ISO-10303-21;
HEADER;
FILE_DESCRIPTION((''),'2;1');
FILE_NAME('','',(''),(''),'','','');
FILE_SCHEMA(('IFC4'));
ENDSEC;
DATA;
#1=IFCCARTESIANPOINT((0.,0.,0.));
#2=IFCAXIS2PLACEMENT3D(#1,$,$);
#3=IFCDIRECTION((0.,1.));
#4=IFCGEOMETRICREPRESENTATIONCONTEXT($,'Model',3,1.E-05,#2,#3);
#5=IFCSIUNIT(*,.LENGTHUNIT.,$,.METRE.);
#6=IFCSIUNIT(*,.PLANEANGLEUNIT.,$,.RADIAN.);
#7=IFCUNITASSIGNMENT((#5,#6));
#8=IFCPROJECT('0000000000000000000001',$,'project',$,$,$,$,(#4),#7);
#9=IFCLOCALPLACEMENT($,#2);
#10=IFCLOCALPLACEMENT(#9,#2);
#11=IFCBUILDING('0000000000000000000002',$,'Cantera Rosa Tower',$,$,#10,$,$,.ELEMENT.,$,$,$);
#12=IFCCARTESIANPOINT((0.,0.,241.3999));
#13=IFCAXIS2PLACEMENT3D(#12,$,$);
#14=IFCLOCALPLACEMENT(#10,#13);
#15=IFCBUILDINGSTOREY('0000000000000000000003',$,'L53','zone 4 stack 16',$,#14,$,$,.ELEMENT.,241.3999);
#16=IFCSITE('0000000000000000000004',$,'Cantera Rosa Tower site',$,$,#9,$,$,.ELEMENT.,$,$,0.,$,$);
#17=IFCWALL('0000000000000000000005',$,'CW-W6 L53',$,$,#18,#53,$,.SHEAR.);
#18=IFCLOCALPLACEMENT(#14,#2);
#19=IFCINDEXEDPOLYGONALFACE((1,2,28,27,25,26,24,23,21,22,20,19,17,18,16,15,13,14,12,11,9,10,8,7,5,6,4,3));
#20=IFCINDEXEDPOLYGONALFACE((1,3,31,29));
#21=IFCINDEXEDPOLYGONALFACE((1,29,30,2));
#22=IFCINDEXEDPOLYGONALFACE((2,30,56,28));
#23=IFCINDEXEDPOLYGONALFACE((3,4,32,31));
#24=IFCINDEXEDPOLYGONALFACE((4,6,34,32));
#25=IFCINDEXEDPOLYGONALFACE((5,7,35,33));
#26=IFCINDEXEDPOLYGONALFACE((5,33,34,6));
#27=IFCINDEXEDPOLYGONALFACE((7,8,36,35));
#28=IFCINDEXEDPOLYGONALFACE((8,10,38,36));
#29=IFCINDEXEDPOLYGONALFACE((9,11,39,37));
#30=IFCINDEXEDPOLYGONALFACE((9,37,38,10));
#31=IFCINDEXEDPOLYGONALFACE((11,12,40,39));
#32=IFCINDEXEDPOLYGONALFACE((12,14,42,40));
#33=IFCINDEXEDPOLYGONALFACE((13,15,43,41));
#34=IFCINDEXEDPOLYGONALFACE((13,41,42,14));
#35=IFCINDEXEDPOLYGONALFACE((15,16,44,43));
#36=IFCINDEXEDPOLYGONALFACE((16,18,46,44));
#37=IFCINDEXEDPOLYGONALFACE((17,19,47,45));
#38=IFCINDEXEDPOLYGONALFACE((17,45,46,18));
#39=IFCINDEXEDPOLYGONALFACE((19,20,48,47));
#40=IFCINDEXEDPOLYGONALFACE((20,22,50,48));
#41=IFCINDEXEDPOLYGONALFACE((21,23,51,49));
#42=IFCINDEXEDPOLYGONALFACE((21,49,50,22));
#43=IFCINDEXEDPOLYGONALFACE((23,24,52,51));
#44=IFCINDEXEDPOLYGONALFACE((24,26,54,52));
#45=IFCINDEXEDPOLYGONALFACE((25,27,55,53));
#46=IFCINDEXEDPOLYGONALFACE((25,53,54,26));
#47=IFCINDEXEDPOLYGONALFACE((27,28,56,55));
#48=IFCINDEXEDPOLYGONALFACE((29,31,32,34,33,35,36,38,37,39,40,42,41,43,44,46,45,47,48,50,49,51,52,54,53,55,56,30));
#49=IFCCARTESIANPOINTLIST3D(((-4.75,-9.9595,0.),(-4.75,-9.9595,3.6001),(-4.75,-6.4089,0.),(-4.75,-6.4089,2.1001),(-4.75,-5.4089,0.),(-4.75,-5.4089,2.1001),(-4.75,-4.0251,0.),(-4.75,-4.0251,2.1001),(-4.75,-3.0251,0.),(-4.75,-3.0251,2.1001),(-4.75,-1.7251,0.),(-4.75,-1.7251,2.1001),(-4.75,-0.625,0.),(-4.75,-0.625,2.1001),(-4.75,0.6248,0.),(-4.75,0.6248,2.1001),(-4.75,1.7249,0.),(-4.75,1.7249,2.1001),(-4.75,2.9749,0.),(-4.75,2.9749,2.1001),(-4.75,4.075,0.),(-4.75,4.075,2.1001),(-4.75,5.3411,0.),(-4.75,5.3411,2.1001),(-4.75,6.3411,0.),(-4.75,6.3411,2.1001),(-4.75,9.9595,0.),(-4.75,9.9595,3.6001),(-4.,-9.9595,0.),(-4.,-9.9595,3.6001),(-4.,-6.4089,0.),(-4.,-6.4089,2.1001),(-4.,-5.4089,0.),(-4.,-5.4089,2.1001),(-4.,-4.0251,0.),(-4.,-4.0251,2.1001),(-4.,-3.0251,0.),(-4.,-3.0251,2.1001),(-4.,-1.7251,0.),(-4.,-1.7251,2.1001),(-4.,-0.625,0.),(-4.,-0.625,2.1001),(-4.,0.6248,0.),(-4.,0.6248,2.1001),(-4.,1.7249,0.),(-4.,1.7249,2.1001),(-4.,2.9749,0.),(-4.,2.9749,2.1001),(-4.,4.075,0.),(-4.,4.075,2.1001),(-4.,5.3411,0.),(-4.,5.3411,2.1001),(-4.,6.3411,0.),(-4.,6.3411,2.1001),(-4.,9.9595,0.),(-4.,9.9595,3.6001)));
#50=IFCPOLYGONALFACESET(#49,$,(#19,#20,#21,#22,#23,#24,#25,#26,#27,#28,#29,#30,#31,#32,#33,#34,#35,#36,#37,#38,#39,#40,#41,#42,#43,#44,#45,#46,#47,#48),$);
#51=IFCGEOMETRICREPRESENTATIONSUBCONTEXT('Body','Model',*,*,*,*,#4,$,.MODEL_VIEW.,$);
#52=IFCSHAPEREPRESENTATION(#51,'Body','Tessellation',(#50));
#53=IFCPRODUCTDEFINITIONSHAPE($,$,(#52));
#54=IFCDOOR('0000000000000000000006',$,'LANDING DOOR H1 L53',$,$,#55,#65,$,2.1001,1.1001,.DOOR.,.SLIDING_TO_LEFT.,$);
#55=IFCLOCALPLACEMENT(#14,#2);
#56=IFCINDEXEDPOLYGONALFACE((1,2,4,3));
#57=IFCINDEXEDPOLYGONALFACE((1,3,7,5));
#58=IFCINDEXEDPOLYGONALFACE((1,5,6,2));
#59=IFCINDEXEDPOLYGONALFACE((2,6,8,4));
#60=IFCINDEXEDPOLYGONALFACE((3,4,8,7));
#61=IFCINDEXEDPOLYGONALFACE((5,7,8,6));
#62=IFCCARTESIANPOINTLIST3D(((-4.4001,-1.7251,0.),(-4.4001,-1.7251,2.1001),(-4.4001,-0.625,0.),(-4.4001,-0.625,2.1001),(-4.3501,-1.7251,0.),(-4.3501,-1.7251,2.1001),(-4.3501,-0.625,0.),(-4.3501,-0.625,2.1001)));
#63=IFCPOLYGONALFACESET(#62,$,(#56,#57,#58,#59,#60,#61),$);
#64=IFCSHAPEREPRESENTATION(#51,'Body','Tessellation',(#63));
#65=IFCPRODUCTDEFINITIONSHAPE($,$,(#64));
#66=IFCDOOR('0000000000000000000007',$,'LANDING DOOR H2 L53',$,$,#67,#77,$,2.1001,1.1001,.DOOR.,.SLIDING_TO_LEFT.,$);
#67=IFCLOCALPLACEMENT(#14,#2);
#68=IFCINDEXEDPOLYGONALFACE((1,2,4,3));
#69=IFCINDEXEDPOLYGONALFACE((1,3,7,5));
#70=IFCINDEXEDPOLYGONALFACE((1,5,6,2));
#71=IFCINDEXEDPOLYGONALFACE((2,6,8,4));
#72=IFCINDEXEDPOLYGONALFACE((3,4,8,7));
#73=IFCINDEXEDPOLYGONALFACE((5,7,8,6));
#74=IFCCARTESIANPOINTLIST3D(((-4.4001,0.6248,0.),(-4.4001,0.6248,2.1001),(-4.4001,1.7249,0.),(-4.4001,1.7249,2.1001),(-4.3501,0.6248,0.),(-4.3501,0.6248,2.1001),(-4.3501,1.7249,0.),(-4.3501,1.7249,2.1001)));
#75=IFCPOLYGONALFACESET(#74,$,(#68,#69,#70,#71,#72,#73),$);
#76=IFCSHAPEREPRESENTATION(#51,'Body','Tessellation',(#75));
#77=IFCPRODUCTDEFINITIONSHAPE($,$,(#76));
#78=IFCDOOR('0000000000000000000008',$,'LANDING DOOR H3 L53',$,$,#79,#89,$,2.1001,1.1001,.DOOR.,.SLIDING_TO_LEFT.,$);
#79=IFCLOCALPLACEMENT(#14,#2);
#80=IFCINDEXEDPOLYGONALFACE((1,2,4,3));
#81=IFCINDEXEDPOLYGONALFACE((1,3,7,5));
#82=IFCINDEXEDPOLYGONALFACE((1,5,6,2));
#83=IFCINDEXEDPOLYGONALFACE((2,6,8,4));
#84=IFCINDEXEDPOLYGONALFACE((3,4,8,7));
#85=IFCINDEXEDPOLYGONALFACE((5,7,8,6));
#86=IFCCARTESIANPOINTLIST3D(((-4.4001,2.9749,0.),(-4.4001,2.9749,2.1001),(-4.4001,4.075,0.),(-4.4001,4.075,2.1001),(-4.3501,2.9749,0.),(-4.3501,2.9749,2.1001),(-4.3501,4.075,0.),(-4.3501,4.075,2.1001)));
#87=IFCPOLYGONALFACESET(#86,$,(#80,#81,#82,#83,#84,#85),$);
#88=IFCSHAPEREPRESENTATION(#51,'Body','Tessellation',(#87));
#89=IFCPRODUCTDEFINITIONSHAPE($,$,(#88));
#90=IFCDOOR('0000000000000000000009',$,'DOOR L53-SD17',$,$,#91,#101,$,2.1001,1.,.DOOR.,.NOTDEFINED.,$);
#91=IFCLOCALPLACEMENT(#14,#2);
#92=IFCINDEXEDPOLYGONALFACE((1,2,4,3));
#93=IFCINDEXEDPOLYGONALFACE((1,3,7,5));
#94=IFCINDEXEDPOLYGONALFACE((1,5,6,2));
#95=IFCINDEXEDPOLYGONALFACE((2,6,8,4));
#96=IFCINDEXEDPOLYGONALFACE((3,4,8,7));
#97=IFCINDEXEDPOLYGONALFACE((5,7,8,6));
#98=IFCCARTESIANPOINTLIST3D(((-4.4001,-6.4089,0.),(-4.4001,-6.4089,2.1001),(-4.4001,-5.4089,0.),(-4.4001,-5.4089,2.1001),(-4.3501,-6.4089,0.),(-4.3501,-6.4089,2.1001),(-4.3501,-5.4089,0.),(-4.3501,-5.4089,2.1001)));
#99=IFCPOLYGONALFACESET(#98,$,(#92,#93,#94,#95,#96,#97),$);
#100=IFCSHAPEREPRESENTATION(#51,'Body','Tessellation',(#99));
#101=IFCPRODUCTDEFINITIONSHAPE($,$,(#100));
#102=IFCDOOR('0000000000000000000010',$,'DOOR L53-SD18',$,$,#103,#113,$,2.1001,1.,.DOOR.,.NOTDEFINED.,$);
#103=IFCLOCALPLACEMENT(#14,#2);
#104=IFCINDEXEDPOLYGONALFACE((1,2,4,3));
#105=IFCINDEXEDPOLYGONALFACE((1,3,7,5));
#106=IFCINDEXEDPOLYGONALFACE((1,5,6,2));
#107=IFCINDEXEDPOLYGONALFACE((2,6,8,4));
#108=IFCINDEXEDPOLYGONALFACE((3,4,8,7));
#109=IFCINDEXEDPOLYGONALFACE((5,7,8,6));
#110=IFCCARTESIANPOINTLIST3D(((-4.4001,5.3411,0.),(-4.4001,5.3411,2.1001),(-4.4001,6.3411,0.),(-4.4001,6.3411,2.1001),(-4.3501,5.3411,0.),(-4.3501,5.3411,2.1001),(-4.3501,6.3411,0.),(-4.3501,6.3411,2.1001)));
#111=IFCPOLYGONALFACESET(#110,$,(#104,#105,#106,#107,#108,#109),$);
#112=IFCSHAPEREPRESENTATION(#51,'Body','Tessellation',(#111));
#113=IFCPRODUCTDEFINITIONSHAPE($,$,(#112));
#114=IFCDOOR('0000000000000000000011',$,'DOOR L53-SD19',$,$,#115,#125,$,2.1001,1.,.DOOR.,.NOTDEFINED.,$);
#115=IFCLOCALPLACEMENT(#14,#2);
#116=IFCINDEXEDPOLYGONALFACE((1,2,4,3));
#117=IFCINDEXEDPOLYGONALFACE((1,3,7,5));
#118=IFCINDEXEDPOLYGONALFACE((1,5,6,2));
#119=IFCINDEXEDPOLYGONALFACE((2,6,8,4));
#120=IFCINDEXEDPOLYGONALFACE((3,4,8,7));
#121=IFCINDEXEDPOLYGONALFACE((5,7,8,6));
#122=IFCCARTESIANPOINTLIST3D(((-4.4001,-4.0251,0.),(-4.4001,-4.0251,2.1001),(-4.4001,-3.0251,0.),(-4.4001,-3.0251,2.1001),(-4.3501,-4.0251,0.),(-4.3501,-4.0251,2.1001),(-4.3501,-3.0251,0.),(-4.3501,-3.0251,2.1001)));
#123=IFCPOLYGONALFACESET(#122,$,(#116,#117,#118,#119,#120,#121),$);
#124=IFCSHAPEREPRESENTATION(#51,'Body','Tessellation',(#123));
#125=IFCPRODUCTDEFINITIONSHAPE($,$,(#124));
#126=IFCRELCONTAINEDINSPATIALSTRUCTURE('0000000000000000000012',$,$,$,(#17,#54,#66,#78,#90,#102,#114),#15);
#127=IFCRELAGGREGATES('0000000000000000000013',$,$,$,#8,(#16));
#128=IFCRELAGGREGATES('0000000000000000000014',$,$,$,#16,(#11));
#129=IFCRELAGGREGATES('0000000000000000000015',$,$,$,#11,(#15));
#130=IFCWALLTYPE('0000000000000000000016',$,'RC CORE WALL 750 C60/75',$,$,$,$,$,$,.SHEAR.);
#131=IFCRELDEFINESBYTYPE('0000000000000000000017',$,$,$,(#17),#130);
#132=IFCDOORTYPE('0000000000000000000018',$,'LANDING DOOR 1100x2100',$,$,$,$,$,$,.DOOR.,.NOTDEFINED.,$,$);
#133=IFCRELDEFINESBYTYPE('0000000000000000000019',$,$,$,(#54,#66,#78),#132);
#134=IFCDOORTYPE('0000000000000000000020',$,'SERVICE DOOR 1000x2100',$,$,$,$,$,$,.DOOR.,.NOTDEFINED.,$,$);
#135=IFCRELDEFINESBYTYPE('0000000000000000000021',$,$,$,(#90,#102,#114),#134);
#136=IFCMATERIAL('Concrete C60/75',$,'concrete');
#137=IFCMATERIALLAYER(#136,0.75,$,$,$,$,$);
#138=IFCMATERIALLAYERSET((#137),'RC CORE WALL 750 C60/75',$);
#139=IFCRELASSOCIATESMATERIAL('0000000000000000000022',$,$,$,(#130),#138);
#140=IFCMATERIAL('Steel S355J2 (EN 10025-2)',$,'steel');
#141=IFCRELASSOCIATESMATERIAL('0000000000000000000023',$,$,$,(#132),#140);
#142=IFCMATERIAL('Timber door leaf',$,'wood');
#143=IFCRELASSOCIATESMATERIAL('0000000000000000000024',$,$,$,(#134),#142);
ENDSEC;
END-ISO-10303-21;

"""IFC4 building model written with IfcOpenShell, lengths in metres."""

from ifc_helpers import new_model, si_unit, direction, frame, frame_2d, origin, place, context, subcontext, project, spatial, rectangle, extrude, material, layer, layer_set, type_object, element, fill, save


model = new_model("IFC4")

# Units and contexts
model_context = context("Model", 3, precision=1e-05, world=origin(), true_north=direction((0.0, 1.0)))
body_context = subcontext(model_context, "Body", "Model", "MODEL_VIEW")
ifc_project = project(units=[si_unit("LENGTHUNIT", "METRE"), si_unit("PLANEANGLEUNIT", "RADIAN")], contexts=[model_context])

# Site, building, storey
site_placement = place(None, origin())
site = spatial("IfcSite", under=ifc_project, at=site_placement, Name="Cantera Rosa Tower site", CompositionType="ELEMENT", RefElevation=0.0)
building_placement = place(site_placement, origin())
building = spatial("IfcBuilding", under=site, at=building_placement, Name="Cantera Rosa Tower", CompositionType="ELEMENT")
storey_placement = place(building_placement, frame((0.0, 0.0, 241.3999)))
storey = spatial("IfcBuildingStorey", under=building, at=storey_placement, Name="L53", Description="zone 4 stack 16", CompositionType="ELEMENT", Elevation=241.3999)

# Wall, openings, doors
ifc_material_1 = material(Name="Concrete C60/75", Category="concrete")
ifc_layer_1 = layer(ifc_material_1, 0.75)
ifc_layer_set_1 = layer_set([ifc_layer_1], Name="RC CORE WALL 750 C60/75")
wall_type_1 = type_object("IfcWallType", Name="RC CORE WALL 750 C60/75", PredefinedType="SHEAR", material=ifc_layer_set_1)
wall_1_placement = place(storey_placement, frame((-4.375, 9.9595, 0.0), z_axis=(0.0, 0.0, 1.0), x_axis=(0.0, -1.0, 0.0)))
wall_1 = element("IfcWall", 1, at=wall_1_placement, inside=storey, type_object=wall_type_1, Name="CW-W6 L53", PredefinedType="SHEAR", context=body_context, shape_type="SweptSolid", body=[
    extrude(rectangle(XDim=19.9189, YDim=0.75, at=frame_2d((9.9595, 0.0))), origin(), (0.0, 0.0, 1.0), 3.6001),
])
opening_1_placement = place(wall_1_placement, frame((10.5845, 0.0, 0.0)))
opening_1 = element("IfcOpeningElement", 2, at=opening_1_placement, cuts=wall_1, PredefinedType="OPENING", context=body_context, shape_type="SweptSolid", body=[
    extrude(rectangle(XDim=1.1001, YDim=2.1001, at=frame_2d((0.55, 1.05))), frame((0.0, 0.385, 0.0), z_axis=(0.0, -1.0, 0.0), x_axis=(1.0, 0.0, 0.0)), (0.0, 0.0, 1.0), 0.77),
])
opening_2_placement = place(wall_1_placement, frame((8.2346, 0.0, 0.0)))
opening_2 = element("IfcOpeningElement", 3, at=opening_2_placement, cuts=wall_1, PredefinedType="OPENING", context=body_context, shape_type="SweptSolid", body=[
    extrude(rectangle(XDim=1.1001, YDim=2.1001, at=frame_2d((0.55, 1.05))), frame((0.0, 0.385, 0.0), z_axis=(0.0, -1.0, 0.0), x_axis=(1.0, 0.0, 0.0)), (0.0, 0.0, 1.0), 0.77),
])
opening_3_placement = place(wall_1_placement, frame((5.8845, 0.0, 0.0)))
opening_3 = element("IfcOpeningElement", 4, at=opening_3_placement, cuts=wall_1, PredefinedType="OPENING", context=body_context, shape_type="SweptSolid", body=[
    extrude(rectangle(XDim=1.1001, YDim=2.1001, at=frame_2d((0.55, 1.05))), frame((0.0, 0.385, 0.0), z_axis=(0.0, -1.0, 0.0), x_axis=(1.0, 0.0, 0.0)), (0.0, 0.0, 1.0), 0.77),
])
opening_4_placement = place(wall_1_placement, frame((15.3684, 0.0, 0.0)))
opening_4 = element("IfcOpeningElement", 5, at=opening_4_placement, cuts=wall_1, PredefinedType="OPENING", context=body_context, shape_type="SweptSolid", body=[
    extrude(rectangle(XDim=1.0, YDim=2.1001, at=frame_2d((0.5, 1.05))), frame((0.0, 0.385, 0.0), z_axis=(0.0, -1.0, 0.0), x_axis=(1.0, 0.0, 0.0)), (0.0, 0.0, 1.0), 0.77),
])
opening_5_placement = place(wall_1_placement, frame((3.6184, 0.0, 0.0)))
opening_5 = element("IfcOpeningElement", 6, at=opening_5_placement, cuts=wall_1, PredefinedType="OPENING", context=body_context, shape_type="SweptSolid", body=[
    extrude(rectangle(XDim=1.0, YDim=2.1001, at=frame_2d((0.5, 1.05))), frame((0.0, 0.385, 0.0), z_axis=(0.0, -1.0, 0.0), x_axis=(1.0, 0.0, 0.0)), (0.0, 0.0, 1.0), 0.77),
])
opening_6_placement = place(wall_1_placement, frame((12.9846, 0.0, 0.0)))
opening_6 = element("IfcOpeningElement", 7, at=opening_6_placement, cuts=wall_1, PredefinedType="OPENING", context=body_context, shape_type="SweptSolid", body=[
    extrude(rectangle(XDim=1.0, YDim=2.1001, at=frame_2d((0.5, 1.05))), frame((0.0, 0.385, 0.0), z_axis=(0.0, -1.0, 0.0), x_axis=(1.0, 0.0, 0.0)), (0.0, 0.0, 1.0), 0.77),
])
ifc_material_2 = material(Name="Steel S355J2 (EN 10025-2)", Category="steel")
door_type_1 = type_object("IfcDoorType", Name="LANDING DOOR 1100x2100", OperationType="NOTDEFINED", PredefinedType="DOOR", material=ifc_material_2)
door_1_placement = place(opening_1_placement, origin())
door_1 = element("IfcDoor", 8, at=door_1_placement, inside=storey, type_object=door_type_1, Name="LANDING DOOR H1 L53", OperationType="SLIDING_TO_LEFT", OverallHeight=2.1001, OverallWidth=1.1001, PredefinedType="DOOR", context=body_context, shape_type="SweptSolid", body=[
    extrude(rectangle(XDim=1.1001, YDim=2.1001, at=frame_2d((0.55, 1.05))), frame((0.0, 0.0249, 0.0), z_axis=(0.0, -1.0, 0.0), x_axis=(1.0, 0.0, 0.0)), (0.0, 0.0, 1.0), 0.05),
])
fill(opening_1, door_1)
door_2_placement = place(opening_2_placement, origin())
door_2 = element("IfcDoor", 9, at=door_2_placement, inside=storey, type_object=door_type_1, Name="LANDING DOOR H2 L53", OperationType="SLIDING_TO_LEFT", OverallHeight=2.1001, OverallWidth=1.1001, PredefinedType="DOOR", context=body_context, shape_type="SweptSolid", body=[
    extrude(rectangle(XDim=1.1001, YDim=2.1001, at=frame_2d((0.55, 1.05))), frame((0.0, 0.0249, 0.0), z_axis=(0.0, -1.0, 0.0), x_axis=(1.0, 0.0, 0.0)), (0.0, 0.0, 1.0), 0.05),
])
fill(opening_2, door_2)
door_3_placement = place(opening_3_placement, origin())
door_3 = element("IfcDoor", 10, at=door_3_placement, inside=storey, type_object=door_type_1, Name="LANDING DOOR H3 L53", OperationType="SLIDING_TO_LEFT", OverallHeight=2.1001, OverallWidth=1.1001, PredefinedType="DOOR", context=body_context, shape_type="SweptSolid", body=[
    extrude(rectangle(XDim=1.1001, YDim=2.1001, at=frame_2d((0.55, 1.05))), frame((0.0, 0.0249, 0.0), z_axis=(0.0, -1.0, 0.0), x_axis=(1.0, 0.0, 0.0)), (0.0, 0.0, 1.0), 0.05),
])
fill(opening_3, door_3)
ifc_material_3 = material(Name="Timber door leaf", Category="wood")
door_type_2 = type_object("IfcDoorType", Name="SERVICE DOOR 1000x2100", OperationType="NOTDEFINED", PredefinedType="DOOR", material=ifc_material_3)
door_4_placement = place(opening_4_placement, origin())
door_4 = element("IfcDoor", 11, at=door_4_placement, inside=storey, type_object=door_type_2, Name="DOOR L53-SD17", OperationType="NOTDEFINED", OverallHeight=2.1001, OverallWidth=1.0, PredefinedType="DOOR", context=body_context, shape_type="SweptSolid", body=[
    extrude(rectangle(XDim=1.0, YDim=2.1001, at=frame_2d((0.5, 1.05))), frame((0.0, 0.0249, 0.0), z_axis=(0.0, -1.0, 0.0), x_axis=(1.0, 0.0, 0.0)), (0.0, 0.0, 1.0), 0.05),
])
fill(opening_4, door_4)
door_5_placement = place(opening_5_placement, origin())
door_5 = element("IfcDoor", 12, at=door_5_placement, inside=storey, type_object=door_type_2, Name="DOOR L53-SD18", OperationType="NOTDEFINED", OverallHeight=2.1001, OverallWidth=1.0, PredefinedType="DOOR", context=body_context, shape_type="SweptSolid", body=[
    extrude(rectangle(XDim=1.0, YDim=2.1001, at=frame_2d((0.5, 1.05))), frame((0.0, 0.0249, 0.0), z_axis=(0.0, -1.0, 0.0), x_axis=(1.0, 0.0, 0.0)), (0.0, 0.0, 1.0), 0.05),
])
fill(opening_5, door_5)
door_6_placement = place(opening_6_placement, origin())
door_6 = element("IfcDoor", 13, at=door_6_placement, inside=storey, type_object=door_type_2, Name="DOOR L53-SD19", OperationType="NOTDEFINED", OverallHeight=2.1001, OverallWidth=1.0, PredefinedType="DOOR", context=body_context, shape_type="SweptSolid", body=[
    extrude(rectangle(XDim=1.0, YDim=2.1001, at=frame_2d((0.5, 1.05))), frame((0.0, 0.0249, 0.0), z_axis=(0.0, -1.0, 0.0), x_axis=(1.0, 0.0, 0.0)), (0.0, 0.0, 1.0), 0.05),
])
fill(opening_6, door_6)

save(model, "model.ifc")
